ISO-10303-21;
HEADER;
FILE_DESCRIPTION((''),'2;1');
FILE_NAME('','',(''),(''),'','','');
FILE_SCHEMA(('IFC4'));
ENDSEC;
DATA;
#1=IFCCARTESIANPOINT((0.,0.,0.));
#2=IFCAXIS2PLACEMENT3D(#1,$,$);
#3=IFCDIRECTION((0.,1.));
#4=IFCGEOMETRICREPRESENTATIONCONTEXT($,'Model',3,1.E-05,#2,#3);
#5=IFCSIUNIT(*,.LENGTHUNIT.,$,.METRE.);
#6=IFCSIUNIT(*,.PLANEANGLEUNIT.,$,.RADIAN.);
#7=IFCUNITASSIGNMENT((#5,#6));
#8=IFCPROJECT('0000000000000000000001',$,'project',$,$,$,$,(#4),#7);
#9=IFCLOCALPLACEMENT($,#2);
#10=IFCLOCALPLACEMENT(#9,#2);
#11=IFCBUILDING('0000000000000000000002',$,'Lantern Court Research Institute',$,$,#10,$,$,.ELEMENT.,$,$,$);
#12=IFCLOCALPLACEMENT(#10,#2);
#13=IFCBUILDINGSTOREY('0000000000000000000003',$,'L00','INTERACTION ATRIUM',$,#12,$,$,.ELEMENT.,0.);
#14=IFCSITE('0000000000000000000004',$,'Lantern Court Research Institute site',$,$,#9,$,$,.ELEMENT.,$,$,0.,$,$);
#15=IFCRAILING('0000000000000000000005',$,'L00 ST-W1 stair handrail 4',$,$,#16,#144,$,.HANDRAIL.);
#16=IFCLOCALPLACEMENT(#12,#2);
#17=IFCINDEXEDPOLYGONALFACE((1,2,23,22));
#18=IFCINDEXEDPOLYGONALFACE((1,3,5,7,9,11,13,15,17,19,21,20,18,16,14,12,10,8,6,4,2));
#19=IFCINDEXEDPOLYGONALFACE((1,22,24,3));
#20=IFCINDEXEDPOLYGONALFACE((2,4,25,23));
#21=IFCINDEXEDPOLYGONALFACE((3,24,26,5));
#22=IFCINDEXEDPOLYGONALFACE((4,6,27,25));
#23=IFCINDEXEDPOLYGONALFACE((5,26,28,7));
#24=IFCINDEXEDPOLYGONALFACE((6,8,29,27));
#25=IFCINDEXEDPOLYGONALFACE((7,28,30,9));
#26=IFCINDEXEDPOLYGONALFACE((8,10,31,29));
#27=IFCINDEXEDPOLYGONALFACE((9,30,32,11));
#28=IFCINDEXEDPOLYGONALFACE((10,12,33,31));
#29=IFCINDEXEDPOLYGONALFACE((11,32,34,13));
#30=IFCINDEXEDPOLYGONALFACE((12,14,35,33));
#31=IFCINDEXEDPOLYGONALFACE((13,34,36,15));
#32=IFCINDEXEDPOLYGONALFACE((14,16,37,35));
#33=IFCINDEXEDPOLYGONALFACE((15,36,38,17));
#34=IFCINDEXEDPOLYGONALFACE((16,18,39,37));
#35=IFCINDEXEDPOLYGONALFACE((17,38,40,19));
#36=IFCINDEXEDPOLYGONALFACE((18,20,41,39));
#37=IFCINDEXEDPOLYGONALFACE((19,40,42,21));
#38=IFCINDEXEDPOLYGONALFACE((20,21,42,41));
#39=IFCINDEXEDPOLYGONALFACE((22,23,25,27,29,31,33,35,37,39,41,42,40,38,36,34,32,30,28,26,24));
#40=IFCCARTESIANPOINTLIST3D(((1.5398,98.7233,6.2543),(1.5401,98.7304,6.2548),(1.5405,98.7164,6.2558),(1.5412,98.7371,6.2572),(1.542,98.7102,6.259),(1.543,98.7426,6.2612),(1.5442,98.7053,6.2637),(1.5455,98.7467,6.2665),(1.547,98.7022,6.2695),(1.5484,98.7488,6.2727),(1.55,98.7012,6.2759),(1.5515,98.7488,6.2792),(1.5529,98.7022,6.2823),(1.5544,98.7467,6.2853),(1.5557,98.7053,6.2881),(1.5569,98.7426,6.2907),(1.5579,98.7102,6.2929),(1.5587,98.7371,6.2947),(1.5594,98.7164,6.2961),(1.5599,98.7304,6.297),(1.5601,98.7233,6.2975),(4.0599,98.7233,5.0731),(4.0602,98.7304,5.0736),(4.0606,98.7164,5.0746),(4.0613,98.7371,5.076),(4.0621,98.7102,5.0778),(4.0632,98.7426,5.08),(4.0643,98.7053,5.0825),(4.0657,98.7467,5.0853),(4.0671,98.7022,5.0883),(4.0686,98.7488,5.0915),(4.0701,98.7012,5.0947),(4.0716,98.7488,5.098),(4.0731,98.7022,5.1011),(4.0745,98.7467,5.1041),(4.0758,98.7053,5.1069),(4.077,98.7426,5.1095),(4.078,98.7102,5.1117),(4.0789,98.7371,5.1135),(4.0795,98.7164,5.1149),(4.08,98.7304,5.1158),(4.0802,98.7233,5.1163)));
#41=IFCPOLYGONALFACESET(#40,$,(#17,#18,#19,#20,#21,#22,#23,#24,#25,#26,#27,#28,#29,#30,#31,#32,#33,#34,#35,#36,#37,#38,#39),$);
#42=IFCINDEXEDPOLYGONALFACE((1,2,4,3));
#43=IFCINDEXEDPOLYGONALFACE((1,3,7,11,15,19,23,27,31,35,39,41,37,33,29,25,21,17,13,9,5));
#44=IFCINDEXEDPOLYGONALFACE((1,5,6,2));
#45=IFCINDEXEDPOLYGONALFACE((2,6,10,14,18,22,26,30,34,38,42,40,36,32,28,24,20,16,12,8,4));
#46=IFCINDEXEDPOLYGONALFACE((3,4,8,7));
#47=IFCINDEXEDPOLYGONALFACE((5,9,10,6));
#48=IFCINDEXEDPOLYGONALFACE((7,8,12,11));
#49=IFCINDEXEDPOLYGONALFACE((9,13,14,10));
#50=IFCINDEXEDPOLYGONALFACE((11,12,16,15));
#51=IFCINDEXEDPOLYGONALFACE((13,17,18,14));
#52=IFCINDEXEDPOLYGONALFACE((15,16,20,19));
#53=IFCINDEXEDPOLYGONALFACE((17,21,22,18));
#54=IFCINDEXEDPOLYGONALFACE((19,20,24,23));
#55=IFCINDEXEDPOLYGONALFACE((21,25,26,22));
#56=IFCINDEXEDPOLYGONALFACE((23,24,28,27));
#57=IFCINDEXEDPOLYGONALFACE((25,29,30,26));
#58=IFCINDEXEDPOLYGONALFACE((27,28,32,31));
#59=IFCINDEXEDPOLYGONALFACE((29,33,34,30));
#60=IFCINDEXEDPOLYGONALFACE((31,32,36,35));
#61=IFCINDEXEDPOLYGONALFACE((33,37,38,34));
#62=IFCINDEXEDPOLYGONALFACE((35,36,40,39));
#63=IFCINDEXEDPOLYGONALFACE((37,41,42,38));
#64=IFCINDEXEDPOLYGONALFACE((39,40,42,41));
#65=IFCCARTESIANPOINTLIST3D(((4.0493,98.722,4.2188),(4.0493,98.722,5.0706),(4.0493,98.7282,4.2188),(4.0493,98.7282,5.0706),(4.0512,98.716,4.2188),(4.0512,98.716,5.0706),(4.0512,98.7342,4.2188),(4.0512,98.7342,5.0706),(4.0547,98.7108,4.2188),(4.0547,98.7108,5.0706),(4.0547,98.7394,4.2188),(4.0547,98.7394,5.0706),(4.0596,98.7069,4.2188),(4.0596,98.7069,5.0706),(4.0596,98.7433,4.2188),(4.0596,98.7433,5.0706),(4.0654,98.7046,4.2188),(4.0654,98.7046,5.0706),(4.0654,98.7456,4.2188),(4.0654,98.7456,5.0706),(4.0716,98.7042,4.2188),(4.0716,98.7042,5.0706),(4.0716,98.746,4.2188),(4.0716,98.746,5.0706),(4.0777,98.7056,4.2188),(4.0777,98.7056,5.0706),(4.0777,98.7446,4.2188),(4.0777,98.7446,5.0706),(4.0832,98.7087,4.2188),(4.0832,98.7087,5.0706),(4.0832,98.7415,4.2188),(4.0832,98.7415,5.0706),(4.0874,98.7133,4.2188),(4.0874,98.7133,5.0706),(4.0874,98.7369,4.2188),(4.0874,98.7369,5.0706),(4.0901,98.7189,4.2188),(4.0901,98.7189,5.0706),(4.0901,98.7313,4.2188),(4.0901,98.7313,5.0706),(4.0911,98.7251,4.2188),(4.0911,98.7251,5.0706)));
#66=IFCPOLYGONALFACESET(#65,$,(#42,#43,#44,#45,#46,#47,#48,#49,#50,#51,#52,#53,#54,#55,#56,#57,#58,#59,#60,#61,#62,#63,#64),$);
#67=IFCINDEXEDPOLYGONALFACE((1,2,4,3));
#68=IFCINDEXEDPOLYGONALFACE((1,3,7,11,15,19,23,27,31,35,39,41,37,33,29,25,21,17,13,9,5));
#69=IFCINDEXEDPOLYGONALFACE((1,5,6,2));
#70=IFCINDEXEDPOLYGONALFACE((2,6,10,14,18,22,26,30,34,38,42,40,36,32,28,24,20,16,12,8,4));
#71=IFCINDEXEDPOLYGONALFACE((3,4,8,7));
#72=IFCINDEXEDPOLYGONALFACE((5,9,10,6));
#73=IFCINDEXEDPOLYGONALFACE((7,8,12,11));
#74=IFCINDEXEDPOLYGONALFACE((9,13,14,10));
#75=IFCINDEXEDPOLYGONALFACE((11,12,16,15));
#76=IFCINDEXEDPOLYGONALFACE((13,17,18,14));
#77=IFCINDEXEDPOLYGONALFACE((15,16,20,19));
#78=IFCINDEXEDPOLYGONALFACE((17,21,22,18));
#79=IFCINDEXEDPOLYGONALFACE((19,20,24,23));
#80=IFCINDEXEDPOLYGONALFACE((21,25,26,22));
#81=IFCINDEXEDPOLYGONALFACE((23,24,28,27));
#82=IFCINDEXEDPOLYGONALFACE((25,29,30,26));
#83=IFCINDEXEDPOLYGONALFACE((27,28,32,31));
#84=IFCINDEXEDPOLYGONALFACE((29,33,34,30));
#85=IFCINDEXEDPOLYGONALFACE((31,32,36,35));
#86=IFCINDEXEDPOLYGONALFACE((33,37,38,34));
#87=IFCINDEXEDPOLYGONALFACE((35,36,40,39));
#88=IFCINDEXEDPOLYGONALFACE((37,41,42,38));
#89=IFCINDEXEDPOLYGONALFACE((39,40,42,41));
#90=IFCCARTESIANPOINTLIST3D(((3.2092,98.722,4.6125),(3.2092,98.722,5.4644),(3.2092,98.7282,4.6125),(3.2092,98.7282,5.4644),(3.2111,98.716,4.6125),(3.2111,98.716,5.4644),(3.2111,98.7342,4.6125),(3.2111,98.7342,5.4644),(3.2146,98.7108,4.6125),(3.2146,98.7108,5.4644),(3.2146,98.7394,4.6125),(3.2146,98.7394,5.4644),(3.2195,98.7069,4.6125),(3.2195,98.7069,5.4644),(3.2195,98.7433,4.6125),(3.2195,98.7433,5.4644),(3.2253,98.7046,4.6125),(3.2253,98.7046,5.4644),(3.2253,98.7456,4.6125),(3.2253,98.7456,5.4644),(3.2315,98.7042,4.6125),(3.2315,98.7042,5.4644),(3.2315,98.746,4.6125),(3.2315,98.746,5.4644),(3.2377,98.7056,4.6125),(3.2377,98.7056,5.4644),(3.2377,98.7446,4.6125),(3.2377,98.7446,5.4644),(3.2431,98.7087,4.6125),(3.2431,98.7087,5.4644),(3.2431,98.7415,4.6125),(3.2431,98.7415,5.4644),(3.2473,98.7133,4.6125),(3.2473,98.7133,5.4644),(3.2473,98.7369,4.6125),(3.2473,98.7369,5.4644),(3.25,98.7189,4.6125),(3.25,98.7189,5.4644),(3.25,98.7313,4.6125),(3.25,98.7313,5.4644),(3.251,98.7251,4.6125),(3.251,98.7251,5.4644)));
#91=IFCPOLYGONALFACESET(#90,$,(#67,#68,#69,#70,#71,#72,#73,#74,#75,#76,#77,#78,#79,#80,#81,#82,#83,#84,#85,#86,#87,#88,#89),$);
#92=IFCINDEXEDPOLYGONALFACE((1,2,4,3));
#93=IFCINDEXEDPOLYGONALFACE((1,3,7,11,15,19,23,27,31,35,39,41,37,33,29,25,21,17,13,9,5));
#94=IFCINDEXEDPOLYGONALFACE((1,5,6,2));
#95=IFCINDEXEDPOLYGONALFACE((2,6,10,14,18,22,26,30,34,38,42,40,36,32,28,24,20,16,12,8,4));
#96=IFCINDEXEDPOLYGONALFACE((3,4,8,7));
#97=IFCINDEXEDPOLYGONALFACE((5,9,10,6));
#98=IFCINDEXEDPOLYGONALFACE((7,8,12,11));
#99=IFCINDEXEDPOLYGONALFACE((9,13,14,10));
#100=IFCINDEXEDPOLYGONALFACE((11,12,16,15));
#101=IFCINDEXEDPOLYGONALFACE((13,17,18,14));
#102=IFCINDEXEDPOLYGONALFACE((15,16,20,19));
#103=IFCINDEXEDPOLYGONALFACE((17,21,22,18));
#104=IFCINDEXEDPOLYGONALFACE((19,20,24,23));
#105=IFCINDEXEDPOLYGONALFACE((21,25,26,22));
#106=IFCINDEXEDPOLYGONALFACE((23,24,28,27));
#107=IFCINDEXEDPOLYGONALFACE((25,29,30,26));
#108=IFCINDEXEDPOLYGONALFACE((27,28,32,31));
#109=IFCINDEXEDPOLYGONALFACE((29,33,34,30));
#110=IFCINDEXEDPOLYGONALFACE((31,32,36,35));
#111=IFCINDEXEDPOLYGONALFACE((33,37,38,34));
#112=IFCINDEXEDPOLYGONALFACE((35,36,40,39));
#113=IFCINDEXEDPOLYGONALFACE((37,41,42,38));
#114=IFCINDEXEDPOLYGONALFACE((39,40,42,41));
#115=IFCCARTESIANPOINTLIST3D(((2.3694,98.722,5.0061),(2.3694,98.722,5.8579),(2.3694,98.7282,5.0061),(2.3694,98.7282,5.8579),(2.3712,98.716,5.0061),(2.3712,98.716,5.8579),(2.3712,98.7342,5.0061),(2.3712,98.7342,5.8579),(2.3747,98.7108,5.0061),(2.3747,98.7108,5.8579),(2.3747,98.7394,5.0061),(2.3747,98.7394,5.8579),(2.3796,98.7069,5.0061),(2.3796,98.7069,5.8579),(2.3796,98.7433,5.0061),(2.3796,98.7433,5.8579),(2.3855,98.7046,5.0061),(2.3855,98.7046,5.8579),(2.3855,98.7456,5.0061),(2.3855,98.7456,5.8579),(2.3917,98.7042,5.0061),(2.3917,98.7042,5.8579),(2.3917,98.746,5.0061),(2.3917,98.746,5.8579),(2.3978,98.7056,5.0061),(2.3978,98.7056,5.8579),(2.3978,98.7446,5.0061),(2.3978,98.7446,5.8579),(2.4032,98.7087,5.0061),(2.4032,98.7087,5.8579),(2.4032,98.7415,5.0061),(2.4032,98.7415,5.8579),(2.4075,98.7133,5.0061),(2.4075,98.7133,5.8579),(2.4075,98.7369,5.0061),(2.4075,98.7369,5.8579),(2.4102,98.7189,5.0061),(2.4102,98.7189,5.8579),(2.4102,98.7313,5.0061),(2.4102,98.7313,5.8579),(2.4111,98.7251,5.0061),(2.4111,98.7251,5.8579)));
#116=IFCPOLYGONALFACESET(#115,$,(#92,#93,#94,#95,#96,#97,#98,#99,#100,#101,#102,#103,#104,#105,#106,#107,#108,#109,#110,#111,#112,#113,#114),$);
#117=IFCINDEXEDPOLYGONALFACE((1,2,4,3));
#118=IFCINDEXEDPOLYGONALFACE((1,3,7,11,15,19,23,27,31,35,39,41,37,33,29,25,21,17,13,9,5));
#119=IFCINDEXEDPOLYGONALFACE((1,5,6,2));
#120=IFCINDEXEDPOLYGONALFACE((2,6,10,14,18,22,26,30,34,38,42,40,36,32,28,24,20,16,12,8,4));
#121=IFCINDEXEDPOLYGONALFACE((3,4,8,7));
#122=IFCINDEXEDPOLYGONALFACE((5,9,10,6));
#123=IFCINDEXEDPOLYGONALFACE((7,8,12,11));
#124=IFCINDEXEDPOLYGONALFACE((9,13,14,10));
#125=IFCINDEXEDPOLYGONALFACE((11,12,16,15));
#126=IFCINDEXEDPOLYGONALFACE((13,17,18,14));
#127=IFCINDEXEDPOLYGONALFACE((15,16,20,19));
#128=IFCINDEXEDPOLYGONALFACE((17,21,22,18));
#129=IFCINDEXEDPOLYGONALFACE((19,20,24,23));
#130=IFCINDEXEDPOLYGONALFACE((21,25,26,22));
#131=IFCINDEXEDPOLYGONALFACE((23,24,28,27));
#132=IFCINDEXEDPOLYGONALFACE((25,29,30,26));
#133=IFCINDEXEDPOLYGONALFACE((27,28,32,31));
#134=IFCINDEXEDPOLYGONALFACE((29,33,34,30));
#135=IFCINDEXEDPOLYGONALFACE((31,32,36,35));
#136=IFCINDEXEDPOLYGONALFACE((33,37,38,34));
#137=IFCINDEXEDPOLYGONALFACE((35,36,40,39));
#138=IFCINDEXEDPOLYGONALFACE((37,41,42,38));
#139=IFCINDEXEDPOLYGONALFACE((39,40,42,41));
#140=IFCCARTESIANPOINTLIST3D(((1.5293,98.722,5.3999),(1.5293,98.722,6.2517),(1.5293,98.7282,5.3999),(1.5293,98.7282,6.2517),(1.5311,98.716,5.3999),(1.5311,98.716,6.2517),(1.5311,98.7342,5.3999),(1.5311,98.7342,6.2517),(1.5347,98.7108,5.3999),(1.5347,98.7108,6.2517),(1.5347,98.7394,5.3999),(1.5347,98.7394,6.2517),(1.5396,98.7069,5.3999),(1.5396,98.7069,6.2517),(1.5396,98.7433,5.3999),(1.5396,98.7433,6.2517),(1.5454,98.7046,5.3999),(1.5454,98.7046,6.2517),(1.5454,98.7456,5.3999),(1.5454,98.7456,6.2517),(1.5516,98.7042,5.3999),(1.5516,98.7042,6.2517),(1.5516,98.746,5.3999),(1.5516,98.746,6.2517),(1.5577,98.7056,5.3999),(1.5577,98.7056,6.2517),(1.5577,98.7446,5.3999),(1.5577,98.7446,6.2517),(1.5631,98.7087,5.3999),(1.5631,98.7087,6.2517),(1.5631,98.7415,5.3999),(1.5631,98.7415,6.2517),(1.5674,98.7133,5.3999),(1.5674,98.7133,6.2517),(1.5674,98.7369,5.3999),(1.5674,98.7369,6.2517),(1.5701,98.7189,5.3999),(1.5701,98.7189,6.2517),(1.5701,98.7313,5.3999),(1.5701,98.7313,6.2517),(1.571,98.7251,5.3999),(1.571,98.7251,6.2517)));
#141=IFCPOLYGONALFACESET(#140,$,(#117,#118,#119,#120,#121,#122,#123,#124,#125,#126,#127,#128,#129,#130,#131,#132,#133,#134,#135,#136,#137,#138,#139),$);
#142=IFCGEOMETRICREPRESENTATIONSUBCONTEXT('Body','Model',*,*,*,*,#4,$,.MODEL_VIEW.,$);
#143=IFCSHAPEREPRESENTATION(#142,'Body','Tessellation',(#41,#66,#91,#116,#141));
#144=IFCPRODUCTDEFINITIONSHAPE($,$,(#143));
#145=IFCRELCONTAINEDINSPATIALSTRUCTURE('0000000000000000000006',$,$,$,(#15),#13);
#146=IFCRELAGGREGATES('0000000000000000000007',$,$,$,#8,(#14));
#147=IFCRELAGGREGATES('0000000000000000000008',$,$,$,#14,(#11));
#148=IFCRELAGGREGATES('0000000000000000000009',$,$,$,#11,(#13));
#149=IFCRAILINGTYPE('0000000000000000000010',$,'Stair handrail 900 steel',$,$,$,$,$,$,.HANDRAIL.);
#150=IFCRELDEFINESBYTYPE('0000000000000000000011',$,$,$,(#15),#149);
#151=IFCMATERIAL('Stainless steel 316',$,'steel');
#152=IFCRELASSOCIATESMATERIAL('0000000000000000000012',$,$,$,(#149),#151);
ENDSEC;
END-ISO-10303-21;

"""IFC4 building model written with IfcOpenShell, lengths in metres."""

from ifc_helpers import new_model, si_unit, direction, frame, origin, origin_2d, place, context, subcontext, project, spatial, circle, extrude, material, type_object, element, save


model = new_model("IFC4")

# Units and contexts
model_context = context("Model", 3, precision=1e-05, world=origin(), true_north=direction((0.0, 1.0)))
body_context = subcontext(model_context, "Body", "Model", "MODEL_VIEW")
ifc_project = project(units=[si_unit("LENGTHUNIT", "METRE"), si_unit("PLANEANGLEUNIT", "RADIAN")], contexts=[model_context])

# Site, building, storey
site_placement = place(None, origin())
site = spatial("IfcSite", under=ifc_project, at=site_placement, Name="Lantern Court Research Institute site", CompositionType="ELEMENT", RefElevation=0.0)
building_placement = place(site_placement, origin())
building = spatial("IfcBuilding", under=site, at=building_placement, Name="Lantern Court Research Institute", CompositionType="ELEMENT")
storey_placement = place(building_placement, origin())
storey = spatial("IfcBuildingStorey", under=building, at=storey_placement, Name="L00", Description="INTERACTION ATRIUM", CompositionType="ELEMENT", Elevation=0.0)

# Railing
ifc_material_1 = material(Name="Stainless steel 316", Category="steel")
railing_type_1 = type_object("IfcRailingType", Name="Stair handrail 900 steel", PredefinedType="HANDRAIL", material=ifc_material_1)
for number, where, name in (
    (1, (4.0701, 98.7251, 4.2188), "L00 ST-W1 stair handrail 4"),
):
    element("IfcRailing", number, at=place(storey_placement, frame(where)), inside=storey, type_object=railing_type_1, Name=name, PredefinedType="HANDRAIL", context=body_context, shape_type="SweptSolid", body=[
        extrude(circle(Radius=0.0239, at=origin_2d()), frame((0.0, 0.0, 0.876), z_axis=(-0.905474, 0.0, 0.424402), x_axis=(0.0, -1.0, 0.0)), (0.0, 0.0, 1.0), 2.7832),
        extrude(circle(Radius=0.021, at=origin_2d()), origin(), (0.0, 0.0, 1.0), 0.8518),
        extrude(circle(Radius=0.021, at=origin_2d()), frame((-0.8401, 0.0, 0.3938)), (0.0, 0.0, 1.0), 0.8518),
        extrude(circle(Radius=0.021, at=origin_2d()), frame((-1.6799, 0.0, 0.7874)), (0.0, 0.0, 1.0), 0.8518),
        extrude(circle(Radius=0.021, at=origin_2d()), frame((-2.52, 0.0, 1.1812)), (0.0, 0.0, 1.0), 0.8518),
    ])

save(model, "model.ifc")
